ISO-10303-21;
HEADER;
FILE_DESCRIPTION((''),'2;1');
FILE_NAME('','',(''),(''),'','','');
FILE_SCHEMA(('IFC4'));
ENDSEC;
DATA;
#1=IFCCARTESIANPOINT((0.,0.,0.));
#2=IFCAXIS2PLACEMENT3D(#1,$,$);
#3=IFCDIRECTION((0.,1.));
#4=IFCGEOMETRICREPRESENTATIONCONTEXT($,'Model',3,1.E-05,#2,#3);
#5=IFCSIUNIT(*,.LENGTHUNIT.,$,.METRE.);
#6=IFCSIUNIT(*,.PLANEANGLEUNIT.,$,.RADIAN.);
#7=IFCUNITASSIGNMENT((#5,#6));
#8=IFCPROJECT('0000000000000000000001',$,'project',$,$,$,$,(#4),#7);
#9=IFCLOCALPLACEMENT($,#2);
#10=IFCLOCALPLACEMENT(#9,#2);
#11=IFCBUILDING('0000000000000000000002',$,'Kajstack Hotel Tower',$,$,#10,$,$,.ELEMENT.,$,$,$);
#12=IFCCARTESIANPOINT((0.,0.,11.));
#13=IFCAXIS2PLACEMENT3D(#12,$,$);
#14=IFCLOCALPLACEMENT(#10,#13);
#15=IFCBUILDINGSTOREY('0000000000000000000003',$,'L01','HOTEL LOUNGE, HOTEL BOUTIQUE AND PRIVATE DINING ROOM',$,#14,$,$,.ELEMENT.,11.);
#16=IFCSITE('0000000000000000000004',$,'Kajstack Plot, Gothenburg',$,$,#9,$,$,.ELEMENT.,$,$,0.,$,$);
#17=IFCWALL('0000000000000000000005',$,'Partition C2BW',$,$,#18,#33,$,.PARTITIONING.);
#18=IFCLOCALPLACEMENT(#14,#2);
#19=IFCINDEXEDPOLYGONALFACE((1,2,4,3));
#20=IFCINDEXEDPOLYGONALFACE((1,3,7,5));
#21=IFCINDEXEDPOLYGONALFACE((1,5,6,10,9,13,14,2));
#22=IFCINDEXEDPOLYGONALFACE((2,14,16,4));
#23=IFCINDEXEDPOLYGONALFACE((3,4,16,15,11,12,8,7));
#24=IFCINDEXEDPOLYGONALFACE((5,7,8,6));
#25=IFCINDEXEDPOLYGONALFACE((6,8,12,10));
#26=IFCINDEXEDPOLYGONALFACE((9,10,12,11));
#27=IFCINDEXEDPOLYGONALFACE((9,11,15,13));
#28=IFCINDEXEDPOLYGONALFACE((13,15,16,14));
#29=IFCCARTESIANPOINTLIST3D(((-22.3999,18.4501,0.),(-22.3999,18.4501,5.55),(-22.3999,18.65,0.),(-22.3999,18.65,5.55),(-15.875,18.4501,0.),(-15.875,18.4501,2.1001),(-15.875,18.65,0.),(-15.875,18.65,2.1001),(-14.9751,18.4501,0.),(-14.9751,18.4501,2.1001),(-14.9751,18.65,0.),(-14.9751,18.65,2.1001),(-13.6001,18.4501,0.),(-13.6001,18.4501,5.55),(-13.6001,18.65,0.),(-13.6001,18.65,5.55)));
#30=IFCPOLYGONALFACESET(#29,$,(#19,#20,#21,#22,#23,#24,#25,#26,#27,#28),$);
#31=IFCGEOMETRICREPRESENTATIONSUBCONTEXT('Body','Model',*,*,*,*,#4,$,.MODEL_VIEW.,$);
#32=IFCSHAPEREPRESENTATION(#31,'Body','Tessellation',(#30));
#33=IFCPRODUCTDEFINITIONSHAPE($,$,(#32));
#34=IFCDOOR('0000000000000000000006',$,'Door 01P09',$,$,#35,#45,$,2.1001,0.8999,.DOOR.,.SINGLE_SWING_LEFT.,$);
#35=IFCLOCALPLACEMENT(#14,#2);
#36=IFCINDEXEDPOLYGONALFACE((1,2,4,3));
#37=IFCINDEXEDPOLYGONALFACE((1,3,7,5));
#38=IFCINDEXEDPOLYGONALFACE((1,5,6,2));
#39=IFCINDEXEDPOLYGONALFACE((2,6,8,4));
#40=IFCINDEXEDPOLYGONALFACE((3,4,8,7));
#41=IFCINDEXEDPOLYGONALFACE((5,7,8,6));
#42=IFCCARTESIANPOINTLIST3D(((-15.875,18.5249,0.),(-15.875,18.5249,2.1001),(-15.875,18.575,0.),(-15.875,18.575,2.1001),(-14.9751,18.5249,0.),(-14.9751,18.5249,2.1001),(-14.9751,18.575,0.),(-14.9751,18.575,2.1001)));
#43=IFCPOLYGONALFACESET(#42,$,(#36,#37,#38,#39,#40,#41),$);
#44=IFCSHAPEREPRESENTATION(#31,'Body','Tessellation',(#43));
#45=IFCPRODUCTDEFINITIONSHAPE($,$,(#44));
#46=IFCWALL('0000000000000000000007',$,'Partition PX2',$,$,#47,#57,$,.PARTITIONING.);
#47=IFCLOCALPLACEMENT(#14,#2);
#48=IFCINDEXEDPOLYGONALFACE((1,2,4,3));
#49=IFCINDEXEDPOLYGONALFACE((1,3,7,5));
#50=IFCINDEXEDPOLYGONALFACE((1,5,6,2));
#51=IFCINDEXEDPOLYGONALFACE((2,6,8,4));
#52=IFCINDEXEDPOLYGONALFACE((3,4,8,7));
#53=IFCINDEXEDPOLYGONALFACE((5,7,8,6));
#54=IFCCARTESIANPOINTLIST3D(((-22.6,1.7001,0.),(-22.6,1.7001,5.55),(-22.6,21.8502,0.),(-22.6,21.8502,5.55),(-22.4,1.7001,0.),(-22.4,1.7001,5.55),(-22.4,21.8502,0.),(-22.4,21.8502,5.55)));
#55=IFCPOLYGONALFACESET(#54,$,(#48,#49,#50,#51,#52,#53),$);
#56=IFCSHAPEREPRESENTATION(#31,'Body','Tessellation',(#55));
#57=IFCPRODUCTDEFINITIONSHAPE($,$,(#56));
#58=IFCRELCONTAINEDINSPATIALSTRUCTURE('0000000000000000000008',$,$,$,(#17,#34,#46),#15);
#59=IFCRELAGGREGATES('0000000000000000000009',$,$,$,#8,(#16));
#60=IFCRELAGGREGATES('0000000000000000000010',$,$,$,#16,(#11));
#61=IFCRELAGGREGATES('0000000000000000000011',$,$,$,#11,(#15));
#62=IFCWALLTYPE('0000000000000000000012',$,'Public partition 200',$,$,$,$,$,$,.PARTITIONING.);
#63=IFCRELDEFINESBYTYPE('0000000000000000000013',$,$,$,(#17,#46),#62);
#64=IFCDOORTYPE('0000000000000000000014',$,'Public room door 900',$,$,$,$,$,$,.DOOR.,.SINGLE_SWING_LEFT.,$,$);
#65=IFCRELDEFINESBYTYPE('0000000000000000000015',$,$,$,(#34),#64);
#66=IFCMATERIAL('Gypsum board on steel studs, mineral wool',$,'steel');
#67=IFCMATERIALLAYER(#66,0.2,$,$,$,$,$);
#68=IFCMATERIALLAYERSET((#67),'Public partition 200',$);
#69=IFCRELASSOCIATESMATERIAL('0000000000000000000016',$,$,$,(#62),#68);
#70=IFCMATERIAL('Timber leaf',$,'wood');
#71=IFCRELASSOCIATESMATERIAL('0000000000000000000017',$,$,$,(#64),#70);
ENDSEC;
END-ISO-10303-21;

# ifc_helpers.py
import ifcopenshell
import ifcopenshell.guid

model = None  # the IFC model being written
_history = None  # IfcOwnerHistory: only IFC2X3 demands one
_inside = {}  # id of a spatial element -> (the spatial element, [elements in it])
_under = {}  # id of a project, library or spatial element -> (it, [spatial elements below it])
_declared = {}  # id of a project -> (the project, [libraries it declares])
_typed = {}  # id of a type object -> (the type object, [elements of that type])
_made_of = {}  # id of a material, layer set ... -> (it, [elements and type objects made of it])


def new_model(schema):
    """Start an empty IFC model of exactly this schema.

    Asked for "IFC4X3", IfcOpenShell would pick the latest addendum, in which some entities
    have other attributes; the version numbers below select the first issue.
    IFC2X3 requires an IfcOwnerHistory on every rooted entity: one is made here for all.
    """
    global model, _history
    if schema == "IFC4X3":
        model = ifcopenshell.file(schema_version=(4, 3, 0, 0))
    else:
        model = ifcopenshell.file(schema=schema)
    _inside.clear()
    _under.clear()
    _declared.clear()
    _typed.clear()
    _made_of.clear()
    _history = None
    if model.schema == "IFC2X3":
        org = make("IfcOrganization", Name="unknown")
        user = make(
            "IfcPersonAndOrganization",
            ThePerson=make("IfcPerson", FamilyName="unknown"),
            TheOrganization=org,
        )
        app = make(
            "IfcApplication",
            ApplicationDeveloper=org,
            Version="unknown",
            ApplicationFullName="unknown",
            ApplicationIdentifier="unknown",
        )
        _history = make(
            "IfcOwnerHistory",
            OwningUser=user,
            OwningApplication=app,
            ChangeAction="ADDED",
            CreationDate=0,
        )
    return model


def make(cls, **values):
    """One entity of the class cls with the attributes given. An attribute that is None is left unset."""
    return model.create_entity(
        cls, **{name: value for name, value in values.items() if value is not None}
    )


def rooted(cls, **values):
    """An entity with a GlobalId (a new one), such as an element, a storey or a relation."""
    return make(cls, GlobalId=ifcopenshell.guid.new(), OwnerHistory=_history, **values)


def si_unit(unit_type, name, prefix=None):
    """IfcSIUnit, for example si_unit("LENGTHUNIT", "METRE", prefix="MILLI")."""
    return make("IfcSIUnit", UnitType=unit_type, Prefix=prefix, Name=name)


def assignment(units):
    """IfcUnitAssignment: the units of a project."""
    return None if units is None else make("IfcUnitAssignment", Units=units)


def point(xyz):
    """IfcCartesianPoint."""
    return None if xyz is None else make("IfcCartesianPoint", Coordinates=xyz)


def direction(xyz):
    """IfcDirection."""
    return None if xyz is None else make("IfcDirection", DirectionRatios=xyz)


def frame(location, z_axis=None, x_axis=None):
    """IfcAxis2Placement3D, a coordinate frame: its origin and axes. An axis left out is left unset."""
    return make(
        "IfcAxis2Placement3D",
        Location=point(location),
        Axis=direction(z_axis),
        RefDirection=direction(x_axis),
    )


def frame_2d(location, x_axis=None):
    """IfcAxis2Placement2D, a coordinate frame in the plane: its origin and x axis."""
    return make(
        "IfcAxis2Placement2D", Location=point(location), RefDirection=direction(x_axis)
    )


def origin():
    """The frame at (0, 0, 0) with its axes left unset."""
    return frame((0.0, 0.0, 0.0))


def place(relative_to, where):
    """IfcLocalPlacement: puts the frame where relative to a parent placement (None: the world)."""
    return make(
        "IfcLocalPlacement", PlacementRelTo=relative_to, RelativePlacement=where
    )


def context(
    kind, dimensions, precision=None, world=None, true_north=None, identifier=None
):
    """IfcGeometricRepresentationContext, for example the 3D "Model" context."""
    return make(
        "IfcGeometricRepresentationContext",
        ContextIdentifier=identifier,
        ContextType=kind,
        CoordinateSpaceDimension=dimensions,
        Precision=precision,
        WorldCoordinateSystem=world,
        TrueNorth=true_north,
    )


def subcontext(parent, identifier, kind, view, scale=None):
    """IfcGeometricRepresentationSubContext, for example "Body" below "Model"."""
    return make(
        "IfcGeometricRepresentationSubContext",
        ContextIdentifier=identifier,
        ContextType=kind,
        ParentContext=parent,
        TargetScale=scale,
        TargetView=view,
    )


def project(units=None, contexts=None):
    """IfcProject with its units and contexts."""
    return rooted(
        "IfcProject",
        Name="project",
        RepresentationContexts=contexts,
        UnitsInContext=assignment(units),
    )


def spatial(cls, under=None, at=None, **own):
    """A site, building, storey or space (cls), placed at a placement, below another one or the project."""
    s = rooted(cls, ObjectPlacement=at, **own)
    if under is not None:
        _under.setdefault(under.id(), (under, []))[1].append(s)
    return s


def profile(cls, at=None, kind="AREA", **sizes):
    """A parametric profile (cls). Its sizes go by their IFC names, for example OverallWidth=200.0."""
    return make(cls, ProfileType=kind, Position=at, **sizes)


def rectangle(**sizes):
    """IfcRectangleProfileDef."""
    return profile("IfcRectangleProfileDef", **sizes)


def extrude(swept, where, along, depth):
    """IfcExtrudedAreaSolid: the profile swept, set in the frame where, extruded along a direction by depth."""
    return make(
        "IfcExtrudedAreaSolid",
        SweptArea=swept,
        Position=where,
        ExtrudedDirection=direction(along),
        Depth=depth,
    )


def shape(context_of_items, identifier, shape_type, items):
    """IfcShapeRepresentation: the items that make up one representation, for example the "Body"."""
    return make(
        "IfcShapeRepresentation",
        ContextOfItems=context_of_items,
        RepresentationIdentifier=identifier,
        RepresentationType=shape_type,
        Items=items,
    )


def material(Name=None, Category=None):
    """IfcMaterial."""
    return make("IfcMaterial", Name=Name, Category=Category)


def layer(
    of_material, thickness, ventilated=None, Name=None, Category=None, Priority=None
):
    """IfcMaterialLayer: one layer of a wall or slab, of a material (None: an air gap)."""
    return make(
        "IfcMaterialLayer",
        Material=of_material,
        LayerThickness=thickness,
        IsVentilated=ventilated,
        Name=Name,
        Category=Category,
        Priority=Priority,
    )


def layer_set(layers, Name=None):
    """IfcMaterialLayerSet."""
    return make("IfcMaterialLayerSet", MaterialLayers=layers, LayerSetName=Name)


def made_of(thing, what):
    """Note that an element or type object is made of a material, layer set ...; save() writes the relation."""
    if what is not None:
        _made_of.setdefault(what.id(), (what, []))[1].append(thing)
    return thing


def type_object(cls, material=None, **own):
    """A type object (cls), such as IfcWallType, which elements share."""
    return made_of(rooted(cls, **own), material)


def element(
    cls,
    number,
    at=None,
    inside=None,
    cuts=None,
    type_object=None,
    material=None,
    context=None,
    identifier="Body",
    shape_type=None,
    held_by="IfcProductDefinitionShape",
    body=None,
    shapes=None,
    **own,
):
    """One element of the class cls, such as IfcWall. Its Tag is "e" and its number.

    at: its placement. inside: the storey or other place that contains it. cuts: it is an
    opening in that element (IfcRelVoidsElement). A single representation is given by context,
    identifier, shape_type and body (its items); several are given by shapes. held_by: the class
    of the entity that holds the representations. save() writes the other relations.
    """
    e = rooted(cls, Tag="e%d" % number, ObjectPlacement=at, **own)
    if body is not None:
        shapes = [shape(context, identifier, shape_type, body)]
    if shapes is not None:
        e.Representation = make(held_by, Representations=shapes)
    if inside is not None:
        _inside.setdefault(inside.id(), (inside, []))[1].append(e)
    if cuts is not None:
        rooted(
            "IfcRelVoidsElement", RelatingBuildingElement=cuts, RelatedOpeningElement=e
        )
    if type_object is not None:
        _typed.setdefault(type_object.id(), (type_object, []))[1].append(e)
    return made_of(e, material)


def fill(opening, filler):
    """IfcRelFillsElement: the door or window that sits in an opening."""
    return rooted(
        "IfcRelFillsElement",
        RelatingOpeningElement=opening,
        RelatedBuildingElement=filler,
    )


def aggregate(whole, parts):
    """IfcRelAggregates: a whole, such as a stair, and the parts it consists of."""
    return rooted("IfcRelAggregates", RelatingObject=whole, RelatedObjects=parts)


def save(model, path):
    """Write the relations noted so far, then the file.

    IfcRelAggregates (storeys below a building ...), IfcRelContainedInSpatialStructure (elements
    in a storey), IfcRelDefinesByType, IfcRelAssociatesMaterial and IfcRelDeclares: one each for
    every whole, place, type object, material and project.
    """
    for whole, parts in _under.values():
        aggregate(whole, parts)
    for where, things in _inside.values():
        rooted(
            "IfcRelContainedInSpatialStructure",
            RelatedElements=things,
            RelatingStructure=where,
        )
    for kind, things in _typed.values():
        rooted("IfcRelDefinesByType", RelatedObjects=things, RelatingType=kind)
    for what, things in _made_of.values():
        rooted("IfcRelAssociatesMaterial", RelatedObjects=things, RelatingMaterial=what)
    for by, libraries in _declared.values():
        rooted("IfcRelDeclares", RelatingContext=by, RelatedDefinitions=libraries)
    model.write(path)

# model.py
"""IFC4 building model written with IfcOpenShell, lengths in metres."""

from ifc_helpers import new_model, si_unit, direction, frame, frame_2d, origin, place, context, subcontext, project, spatial, rectangle, extrude, material, layer, layer_set, type_object, element, fill, save


model = new_model("IFC4")

# Units and contexts
model_context = context("Model", 3, precision=1e-05, world=origin(), true_north=direction((0.0, 1.0)))
body_context = subcontext(model_context, "Body", "Model", "MODEL_VIEW")
ifc_project = project(units=[si_unit("LENGTHUNIT", "METRE"), si_unit("PLANEANGLEUNIT", "RADIAN")], contexts=[model_context])

# Site, building, storey
site_placement = place(None, origin())
site = spatial("IfcSite", under=ifc_project, at=site_placement, Name="Kajstack Plot, Gothenburg", CompositionType="ELEMENT", RefElevation=0.0)
building_placement = place(site_placement, origin())
building = spatial("IfcBuilding", under=site, at=building_placement, Name="Kajstack Hotel Tower", CompositionType="ELEMENT")
storey_placement = place(building_placement, frame((0.0, 0.0, 11.0)))
storey = spatial("IfcBuildingStorey", under=building, at=storey_placement, Name="L01", Description="HOTEL LOUNGE, HOTEL BOUTIQUE AND PRIVATE DINING ROOM", CompositionType="ELEMENT", Elevation=11.0)

# Shared definitions
ifc_material_1 = material(Name="Gypsum board on steel studs, mineral wool", Category="steel")
ifc_layer_1 = layer(ifc_material_1, 0.2)
ifc_layer_set_1 = layer_set([ifc_layer_1], Name="Public partition 200")
wall_type = type_object("IfcWallType", Name="Public partition 200", PredefinedType="PARTITIONING", material=ifc_layer_set_1)

# Wall, opening, door
wall_1_placement = place(storey_placement, frame((-22.3999, 18.55, 0.0), z_axis=(0.0, 0.0, 1.0), x_axis=(1.0, 0.0, 0.0)))
wall_1 = element("IfcWall", 1, at=wall_1_placement, inside=storey, type_object=wall_type, Name="Partition C2BW", PredefinedType="PARTITIONING", context=body_context, shape_type="SweptSolid", body=[
    extrude(rectangle(XDim=8.7998, YDim=0.2, at=frame_2d((4.3999, 0.0))), origin(), (0.0, 0.0, 1.0), 5.55),
])
opening_placement = place(wall_1_placement, frame((6.5249, 0.0, 0.0)))
opening = element("IfcOpeningElement", 2, at=opening_placement, cuts=wall_1, PredefinedType="OPENING", context=body_context, shape_type="SweptSolid", body=[
    extrude(rectangle(XDim=0.8999, YDim=2.1001, at=frame_2d((0.45, 1.05))), frame((0.0, 0.1099, 0.0), z_axis=(0.0, -1.0, 0.0), x_axis=(1.0, 0.0, 0.0)), (0.0, 0.0, 1.0), 0.22),
])
ifc_material_2 = material(Name="Timber leaf", Category="wood")
door_type = type_object("IfcDoorType", Name="Public room door 900", OperationType="SINGLE_SWING_LEFT", PredefinedType="DOOR", material=ifc_material_2)
door_placement = place(opening_placement, origin())
door = element("IfcDoor", 3, at=door_placement, inside=storey, type_object=door_type, Name="Door 01P09", OperationType="SINGLE_SWING_LEFT", OverallHeight=2.1001, OverallWidth=0.8999, PredefinedType="DOOR", context=body_context, shape_type="SweptSolid", body=[
    extrude(rectangle(XDim=0.8999, YDim=2.1001, at=frame_2d((0.45, 1.05))), frame((0.0, 0.0249, 0.0), z_axis=(0.0, -1.0, 0.0), x_axis=(1.0, 0.0, 0.0)), (0.0, 0.0, 1.0), 0.05),
])
fill(opening, door)

# Wall
wall_2_placement = place(storey_placement, frame((-22.5, 1.7, 0.0), z_axis=(0.0, 0.0, 1.0), x_axis=(0.0, 1.0, 0.0)))
element("IfcWall", 4, at=wall_2_placement, inside=storey, type_object=wall_type, Name="Partition PX2", PredefinedType="PARTITIONING", context=body_context, shape_type="SweptSolid", body=[
    extrude(rectangle(XDim=20.1501, YDim=0.2, at=frame_2d((10.0752, 0.0))), origin(), (0.0, 0.0, 1.0), 5.55),
])

save(model, "model.ifc")
